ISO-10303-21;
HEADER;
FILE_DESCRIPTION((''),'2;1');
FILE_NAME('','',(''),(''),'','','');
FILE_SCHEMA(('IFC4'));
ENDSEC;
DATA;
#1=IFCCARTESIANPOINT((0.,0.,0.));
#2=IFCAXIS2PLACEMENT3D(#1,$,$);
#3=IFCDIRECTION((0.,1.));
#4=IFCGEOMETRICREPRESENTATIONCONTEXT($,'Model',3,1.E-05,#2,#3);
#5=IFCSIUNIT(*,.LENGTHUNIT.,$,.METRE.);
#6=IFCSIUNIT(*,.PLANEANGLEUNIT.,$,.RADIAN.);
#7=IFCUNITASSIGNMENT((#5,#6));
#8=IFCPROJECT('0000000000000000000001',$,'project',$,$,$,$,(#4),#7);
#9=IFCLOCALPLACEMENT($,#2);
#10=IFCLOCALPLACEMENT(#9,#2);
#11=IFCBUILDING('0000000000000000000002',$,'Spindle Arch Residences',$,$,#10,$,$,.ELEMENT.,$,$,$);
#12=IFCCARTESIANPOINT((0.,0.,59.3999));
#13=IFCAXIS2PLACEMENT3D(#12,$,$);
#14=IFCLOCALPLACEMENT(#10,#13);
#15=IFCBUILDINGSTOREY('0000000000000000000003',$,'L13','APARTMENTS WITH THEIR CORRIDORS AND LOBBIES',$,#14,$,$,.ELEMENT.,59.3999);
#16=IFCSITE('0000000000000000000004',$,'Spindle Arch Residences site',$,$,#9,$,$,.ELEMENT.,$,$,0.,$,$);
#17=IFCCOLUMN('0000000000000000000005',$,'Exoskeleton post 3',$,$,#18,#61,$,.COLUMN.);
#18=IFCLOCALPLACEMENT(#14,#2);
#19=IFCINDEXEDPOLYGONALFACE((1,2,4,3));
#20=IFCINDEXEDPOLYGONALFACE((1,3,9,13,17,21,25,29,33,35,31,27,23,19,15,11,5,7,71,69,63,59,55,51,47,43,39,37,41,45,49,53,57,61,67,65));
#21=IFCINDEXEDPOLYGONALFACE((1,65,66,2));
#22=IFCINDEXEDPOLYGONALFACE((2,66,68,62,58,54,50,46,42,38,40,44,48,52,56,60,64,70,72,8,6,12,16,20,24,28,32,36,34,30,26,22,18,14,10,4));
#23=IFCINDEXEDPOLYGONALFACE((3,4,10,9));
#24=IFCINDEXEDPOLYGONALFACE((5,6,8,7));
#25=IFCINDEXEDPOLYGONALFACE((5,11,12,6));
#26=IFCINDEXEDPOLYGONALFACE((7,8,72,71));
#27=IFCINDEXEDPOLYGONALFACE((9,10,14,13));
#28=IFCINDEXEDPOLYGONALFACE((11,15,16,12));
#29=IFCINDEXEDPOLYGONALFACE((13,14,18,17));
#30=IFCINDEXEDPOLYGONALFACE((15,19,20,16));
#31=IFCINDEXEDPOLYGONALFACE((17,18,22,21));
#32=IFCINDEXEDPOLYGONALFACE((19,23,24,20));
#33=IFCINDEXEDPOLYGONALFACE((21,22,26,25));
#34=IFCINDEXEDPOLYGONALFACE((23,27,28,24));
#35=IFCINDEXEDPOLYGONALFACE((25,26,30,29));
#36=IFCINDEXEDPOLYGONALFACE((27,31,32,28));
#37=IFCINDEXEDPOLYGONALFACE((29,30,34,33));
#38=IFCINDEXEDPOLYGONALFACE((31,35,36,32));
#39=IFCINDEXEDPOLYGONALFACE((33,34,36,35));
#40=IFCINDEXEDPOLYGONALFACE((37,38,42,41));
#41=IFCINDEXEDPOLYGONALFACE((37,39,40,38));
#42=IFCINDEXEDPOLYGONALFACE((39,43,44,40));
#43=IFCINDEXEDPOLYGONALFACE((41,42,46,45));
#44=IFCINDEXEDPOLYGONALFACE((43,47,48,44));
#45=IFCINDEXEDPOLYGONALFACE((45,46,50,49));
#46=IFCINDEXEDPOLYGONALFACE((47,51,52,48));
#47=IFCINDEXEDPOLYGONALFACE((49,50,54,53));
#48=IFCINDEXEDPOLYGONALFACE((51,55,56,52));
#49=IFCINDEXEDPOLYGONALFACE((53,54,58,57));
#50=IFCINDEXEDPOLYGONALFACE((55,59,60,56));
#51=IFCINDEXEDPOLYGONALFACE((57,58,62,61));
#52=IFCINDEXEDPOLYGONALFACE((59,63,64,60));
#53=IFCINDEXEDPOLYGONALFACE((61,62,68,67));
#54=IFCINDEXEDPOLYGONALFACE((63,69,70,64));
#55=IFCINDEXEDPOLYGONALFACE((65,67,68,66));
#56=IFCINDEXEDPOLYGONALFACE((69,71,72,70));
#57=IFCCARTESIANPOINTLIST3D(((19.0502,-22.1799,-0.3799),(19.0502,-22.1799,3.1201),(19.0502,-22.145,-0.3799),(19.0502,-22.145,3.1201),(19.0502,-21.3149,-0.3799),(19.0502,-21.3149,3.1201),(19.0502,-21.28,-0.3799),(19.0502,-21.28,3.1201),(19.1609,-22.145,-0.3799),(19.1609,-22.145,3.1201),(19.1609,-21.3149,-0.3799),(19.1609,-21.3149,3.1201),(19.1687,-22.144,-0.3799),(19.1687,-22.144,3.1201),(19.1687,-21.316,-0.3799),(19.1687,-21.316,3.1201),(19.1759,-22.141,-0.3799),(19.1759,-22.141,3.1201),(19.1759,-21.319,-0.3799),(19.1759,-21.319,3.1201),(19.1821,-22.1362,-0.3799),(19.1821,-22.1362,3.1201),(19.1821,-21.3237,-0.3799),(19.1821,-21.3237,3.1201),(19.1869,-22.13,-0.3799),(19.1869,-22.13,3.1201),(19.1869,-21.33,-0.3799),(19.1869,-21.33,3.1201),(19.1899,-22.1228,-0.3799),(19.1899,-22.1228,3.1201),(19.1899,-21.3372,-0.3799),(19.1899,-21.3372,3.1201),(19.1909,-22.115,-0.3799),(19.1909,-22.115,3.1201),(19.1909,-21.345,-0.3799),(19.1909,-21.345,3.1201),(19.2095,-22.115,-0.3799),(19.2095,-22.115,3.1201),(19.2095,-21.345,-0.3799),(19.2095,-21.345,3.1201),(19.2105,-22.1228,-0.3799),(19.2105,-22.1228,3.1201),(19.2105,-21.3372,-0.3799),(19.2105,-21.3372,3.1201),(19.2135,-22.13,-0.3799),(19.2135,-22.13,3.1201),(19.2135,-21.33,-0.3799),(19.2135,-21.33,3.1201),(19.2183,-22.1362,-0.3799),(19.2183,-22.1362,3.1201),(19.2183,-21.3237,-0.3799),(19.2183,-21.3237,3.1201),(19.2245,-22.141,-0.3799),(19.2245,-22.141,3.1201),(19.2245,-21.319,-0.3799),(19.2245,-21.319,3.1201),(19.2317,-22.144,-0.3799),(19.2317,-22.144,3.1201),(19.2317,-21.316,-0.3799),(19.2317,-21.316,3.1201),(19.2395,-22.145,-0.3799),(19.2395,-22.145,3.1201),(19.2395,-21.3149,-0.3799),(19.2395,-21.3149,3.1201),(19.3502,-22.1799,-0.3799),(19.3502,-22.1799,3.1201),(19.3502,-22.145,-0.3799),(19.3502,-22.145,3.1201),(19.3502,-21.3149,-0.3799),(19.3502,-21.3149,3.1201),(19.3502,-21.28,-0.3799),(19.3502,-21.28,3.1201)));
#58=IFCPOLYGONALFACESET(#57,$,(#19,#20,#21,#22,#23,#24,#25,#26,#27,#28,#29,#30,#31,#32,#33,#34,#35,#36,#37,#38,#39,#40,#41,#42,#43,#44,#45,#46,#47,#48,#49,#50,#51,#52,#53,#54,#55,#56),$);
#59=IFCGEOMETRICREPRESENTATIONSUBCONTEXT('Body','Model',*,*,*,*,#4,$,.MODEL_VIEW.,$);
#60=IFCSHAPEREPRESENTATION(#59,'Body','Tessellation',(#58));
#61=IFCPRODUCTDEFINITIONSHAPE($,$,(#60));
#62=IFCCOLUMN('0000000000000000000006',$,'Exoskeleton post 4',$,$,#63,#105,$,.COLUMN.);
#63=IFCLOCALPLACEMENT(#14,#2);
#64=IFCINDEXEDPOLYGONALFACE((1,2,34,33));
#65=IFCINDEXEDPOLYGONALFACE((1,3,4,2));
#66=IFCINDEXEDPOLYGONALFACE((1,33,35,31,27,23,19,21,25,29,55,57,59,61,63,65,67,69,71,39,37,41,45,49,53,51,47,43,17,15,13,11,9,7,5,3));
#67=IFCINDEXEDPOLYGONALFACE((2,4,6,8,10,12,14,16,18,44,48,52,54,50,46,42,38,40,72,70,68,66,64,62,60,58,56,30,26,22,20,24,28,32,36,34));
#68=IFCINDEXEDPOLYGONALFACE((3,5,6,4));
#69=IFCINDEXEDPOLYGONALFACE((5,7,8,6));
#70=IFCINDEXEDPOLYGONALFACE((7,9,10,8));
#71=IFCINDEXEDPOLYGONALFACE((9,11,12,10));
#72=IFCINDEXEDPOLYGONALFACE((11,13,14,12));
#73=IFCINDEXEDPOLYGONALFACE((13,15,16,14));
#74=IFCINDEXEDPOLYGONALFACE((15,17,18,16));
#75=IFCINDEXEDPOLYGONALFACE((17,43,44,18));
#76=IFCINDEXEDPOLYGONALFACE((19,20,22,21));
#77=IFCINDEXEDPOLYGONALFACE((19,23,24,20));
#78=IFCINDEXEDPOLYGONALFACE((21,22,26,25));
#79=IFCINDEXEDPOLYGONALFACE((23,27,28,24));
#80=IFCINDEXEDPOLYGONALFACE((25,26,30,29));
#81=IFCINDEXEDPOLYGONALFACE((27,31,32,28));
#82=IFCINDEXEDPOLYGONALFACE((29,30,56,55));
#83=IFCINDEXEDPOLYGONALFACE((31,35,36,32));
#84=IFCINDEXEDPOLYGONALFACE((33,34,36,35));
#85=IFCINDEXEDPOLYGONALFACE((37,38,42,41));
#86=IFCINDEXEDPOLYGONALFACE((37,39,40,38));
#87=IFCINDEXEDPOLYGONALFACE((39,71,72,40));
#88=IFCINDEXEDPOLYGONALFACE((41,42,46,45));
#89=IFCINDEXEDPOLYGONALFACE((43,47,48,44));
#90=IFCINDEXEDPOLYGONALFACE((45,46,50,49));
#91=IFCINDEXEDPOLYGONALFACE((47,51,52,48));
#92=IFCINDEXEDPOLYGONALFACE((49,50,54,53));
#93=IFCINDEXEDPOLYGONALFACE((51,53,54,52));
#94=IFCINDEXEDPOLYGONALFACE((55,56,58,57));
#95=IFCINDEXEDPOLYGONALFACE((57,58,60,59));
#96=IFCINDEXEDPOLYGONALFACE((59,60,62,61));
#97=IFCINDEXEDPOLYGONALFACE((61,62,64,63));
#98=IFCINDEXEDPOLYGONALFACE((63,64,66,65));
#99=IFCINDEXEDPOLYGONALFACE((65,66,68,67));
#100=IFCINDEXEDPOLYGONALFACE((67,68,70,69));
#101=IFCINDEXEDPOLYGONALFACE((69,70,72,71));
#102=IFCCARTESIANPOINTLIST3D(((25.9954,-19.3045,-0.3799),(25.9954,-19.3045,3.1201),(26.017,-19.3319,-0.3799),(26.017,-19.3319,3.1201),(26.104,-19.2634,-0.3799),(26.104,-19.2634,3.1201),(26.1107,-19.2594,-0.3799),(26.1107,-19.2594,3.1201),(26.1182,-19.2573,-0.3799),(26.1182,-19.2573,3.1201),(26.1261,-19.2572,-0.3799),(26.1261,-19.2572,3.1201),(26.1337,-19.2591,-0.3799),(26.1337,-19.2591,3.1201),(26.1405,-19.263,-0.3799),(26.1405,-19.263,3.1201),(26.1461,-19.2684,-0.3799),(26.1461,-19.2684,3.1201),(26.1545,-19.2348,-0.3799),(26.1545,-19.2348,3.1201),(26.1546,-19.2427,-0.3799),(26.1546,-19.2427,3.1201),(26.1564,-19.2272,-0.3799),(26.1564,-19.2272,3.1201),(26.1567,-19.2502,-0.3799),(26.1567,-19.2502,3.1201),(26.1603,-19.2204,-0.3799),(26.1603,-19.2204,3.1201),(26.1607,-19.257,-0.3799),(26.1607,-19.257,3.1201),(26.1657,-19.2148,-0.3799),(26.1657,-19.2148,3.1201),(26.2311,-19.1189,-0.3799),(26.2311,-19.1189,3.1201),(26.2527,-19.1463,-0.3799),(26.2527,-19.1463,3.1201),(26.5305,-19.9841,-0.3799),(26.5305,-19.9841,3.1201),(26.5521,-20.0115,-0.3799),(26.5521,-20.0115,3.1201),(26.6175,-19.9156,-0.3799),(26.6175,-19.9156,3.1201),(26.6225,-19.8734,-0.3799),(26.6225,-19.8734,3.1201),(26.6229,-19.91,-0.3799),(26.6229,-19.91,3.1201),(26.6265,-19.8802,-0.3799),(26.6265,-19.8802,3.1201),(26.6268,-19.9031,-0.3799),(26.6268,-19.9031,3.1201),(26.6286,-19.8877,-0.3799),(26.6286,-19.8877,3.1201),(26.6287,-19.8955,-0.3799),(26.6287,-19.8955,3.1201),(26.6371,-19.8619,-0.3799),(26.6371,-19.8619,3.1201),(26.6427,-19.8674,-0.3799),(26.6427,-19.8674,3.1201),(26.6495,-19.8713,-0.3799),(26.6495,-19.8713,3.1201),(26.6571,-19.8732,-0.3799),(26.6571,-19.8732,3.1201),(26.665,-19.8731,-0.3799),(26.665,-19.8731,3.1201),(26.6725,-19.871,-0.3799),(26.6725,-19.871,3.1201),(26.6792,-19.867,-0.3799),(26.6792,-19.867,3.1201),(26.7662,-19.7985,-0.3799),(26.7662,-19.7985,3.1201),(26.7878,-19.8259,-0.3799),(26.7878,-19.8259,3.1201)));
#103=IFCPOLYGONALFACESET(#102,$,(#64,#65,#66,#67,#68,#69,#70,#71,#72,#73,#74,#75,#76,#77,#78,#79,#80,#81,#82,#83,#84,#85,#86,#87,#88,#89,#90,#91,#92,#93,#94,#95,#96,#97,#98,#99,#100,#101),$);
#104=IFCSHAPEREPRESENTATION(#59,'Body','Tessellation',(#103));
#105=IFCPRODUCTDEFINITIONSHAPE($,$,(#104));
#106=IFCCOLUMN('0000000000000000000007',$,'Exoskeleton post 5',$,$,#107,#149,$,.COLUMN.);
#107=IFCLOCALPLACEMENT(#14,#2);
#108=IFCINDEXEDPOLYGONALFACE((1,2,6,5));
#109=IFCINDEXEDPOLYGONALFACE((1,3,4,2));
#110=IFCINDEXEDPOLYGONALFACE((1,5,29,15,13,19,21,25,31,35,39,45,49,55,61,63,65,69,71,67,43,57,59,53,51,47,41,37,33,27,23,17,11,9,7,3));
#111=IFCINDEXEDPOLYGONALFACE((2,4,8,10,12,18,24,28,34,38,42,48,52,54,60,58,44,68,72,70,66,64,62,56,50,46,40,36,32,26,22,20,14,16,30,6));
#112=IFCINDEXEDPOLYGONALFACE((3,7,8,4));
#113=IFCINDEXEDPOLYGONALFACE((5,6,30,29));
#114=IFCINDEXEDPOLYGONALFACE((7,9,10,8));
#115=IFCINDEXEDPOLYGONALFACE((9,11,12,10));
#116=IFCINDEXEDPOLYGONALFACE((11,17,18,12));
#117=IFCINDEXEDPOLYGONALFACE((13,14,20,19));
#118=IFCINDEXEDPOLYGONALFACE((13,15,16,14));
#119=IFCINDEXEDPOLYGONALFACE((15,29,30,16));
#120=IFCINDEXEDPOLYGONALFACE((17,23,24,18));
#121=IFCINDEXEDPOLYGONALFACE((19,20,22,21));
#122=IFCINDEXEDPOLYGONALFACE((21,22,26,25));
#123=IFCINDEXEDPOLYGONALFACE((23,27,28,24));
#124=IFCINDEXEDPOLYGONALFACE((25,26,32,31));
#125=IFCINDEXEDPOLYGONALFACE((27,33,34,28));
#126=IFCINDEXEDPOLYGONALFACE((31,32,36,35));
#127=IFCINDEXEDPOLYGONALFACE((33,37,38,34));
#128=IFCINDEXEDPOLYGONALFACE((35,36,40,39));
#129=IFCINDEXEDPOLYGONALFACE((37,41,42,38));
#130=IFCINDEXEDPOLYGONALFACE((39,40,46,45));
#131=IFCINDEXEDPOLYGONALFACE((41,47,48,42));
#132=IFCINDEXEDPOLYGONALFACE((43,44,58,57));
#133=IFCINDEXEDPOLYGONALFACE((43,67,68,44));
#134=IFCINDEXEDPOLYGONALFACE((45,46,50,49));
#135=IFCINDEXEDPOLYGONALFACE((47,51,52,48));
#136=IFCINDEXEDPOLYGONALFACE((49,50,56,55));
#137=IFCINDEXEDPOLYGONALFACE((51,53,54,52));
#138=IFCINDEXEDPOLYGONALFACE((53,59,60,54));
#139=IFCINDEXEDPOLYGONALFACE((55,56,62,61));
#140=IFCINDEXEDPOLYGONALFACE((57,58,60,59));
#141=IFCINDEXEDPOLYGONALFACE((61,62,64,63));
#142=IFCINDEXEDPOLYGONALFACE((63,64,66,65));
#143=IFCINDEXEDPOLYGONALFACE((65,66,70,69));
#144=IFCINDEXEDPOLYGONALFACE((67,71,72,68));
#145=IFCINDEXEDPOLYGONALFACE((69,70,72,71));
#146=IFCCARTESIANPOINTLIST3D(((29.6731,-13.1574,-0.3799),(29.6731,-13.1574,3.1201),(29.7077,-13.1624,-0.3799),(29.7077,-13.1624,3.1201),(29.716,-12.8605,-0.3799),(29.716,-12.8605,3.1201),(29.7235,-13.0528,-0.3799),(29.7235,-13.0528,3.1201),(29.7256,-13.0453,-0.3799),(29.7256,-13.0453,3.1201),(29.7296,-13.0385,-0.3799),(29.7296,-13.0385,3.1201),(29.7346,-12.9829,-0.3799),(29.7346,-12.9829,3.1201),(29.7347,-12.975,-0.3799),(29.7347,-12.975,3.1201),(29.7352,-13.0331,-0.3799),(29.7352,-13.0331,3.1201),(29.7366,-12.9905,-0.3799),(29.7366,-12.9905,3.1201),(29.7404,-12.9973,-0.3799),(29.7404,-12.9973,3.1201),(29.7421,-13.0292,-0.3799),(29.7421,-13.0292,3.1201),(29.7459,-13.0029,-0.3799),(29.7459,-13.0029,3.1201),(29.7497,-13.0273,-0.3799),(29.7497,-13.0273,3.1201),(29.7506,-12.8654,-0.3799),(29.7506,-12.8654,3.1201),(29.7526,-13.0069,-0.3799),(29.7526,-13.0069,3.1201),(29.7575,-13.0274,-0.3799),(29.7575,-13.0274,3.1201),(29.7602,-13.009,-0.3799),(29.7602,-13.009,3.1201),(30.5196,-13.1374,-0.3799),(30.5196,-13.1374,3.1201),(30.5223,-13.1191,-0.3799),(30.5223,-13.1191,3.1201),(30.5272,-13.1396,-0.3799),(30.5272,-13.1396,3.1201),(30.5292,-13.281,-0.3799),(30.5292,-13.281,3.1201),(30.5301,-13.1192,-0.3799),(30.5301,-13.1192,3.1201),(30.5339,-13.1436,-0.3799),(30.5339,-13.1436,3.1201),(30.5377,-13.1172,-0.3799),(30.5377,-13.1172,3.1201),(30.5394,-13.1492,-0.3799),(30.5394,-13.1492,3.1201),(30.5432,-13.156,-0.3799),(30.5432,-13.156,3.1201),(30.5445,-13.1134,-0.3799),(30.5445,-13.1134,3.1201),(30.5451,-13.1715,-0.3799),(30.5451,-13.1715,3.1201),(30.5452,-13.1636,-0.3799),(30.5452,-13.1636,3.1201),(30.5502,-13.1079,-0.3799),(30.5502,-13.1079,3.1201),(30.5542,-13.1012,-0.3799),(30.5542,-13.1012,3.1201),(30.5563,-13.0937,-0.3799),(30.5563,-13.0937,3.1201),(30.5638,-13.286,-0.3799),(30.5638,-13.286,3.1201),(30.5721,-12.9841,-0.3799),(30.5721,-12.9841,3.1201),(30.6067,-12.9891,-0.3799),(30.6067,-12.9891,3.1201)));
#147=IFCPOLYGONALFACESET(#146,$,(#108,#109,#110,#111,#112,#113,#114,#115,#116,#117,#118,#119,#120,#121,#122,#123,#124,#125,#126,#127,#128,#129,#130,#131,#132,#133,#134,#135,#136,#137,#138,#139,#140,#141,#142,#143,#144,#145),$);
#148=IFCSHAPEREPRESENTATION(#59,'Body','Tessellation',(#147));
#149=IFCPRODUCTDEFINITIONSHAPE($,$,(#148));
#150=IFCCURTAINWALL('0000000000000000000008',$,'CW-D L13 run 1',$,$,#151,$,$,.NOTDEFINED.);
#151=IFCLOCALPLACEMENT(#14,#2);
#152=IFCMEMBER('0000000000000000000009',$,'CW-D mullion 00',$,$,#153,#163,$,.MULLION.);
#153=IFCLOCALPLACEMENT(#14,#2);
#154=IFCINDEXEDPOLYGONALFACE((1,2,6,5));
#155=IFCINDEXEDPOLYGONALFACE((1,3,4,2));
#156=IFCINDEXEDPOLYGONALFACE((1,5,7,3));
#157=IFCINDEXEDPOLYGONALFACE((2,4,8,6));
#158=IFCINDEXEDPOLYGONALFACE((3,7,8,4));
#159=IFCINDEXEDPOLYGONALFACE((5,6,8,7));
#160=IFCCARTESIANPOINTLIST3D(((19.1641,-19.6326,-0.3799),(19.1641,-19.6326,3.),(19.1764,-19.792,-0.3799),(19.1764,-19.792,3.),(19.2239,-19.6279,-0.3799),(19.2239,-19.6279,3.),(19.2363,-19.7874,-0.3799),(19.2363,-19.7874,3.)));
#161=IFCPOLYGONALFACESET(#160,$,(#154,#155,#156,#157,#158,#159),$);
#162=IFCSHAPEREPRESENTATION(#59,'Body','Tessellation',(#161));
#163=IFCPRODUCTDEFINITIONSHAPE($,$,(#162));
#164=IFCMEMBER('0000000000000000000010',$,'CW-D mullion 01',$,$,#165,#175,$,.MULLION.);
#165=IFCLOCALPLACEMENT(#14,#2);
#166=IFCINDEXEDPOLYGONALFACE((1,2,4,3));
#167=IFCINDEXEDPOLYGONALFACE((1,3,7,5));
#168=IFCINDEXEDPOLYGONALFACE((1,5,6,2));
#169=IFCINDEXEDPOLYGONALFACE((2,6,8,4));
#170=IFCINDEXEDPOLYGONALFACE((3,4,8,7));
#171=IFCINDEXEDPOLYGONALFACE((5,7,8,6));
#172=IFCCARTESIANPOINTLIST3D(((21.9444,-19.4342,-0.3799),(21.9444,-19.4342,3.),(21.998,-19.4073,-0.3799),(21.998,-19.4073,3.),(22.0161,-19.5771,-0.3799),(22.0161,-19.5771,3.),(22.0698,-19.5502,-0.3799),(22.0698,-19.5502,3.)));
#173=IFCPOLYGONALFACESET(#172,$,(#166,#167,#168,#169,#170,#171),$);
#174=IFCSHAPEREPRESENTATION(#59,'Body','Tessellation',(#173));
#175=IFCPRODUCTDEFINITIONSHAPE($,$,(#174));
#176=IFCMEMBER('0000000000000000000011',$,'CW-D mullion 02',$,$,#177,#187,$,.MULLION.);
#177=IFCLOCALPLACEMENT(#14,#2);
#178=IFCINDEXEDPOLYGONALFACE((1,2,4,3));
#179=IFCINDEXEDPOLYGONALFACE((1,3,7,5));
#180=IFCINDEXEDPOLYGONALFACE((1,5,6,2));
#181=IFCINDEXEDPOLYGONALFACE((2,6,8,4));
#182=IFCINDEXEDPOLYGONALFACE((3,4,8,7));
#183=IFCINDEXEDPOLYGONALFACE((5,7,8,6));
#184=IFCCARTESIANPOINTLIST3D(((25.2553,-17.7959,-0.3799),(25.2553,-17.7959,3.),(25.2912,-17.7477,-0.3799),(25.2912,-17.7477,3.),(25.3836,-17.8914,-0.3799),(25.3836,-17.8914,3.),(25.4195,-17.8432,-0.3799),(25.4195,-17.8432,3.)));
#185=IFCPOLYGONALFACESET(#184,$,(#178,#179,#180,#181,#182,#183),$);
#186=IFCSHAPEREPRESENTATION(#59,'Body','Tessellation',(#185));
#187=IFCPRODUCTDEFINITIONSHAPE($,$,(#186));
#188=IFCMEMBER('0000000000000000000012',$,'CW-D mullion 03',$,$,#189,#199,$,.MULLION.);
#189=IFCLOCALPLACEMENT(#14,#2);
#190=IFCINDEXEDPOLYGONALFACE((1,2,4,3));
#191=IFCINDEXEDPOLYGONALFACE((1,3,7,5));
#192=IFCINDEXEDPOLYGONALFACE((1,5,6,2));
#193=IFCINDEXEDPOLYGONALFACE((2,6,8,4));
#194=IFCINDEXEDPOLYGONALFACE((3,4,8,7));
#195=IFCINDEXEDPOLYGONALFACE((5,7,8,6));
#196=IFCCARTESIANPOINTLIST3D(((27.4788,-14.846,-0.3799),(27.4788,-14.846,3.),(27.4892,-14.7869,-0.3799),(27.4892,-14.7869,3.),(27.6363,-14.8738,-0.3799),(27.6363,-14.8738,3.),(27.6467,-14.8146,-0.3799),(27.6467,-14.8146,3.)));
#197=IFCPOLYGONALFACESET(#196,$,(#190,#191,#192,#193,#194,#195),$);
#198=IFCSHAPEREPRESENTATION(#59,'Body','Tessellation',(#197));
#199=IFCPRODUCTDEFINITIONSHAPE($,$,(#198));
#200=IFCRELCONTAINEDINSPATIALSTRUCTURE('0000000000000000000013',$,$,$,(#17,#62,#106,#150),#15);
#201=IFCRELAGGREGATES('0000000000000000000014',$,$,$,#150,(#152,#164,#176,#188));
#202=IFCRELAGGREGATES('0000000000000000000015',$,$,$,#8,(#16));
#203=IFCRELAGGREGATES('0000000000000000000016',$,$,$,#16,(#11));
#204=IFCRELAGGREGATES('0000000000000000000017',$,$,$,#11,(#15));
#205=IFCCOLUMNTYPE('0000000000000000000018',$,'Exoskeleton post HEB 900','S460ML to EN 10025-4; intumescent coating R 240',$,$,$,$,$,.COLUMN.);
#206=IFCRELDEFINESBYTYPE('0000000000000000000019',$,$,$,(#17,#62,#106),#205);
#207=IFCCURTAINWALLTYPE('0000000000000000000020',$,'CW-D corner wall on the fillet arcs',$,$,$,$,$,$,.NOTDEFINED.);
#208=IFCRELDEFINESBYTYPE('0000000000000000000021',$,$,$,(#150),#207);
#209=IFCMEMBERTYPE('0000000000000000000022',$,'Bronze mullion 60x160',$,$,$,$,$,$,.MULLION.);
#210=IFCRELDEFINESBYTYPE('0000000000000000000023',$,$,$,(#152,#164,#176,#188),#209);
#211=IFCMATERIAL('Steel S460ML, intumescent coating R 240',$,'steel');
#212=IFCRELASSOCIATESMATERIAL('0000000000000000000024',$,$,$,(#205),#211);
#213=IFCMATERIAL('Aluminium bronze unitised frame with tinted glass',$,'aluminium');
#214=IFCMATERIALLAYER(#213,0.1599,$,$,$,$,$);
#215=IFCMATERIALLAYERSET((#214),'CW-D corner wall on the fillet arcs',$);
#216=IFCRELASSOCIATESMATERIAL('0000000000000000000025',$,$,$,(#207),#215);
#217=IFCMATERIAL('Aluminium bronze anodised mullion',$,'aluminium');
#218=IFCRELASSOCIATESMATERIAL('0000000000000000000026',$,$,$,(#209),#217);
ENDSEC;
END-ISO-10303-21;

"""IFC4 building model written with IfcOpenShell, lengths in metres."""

from ifc_helpers import new_model, si_unit, direction, frame, origin, origin_2d, place, context, subcontext, project, spatial, rectangle, i_section, extrude, material, layer, layer_set, material_profile, profile_set, type_object, element, aggregate, save


model = new_model("IFC4")

# Units and contexts
model_context = context("Model", 3, precision=1e-05, world=origin(), true_north=direction((0.0, 1.0)))
body_context = subcontext(model_context, "Body", "Model", "MODEL_VIEW")
ifc_project = project(units=[si_unit("LENGTHUNIT", "METRE"), si_unit("PLANEANGLEUNIT", "RADIAN")], contexts=[model_context])

# Site, building, storey
site_placement = place(None, origin())
site = spatial("IfcSite", under=ifc_project, at=site_placement, Name="Spindle Arch Residences site", CompositionType="ELEMENT", RefElevation=0.0)
building_placement = place(site_placement, origin())
building = spatial("IfcBuilding", under=site, at=building_placement, Name="Spindle Arch Residences", CompositionType="ELEMENT")
storey_placement = place(building_placement, frame((0.0, 0.0, 59.3999)))
storey = spatial("IfcBuildingStorey", under=building, at=storey_placement, Name="L13", Description="APARTMENTS WITH THEIR CORRIDORS AND LOBBIES", CompositionType="ELEMENT", Elevation=59.3999)

# Columns
ifc_material_1 = material(Name="Steel S460ML, intumescent coating R 240", Category="steel")
ifc_material_profile_1 = material_profile(ifc_material_1, i_section(OverallWidth=0.3, OverallDepth=0.8999, WebThickness=0.0186, FlangeThickness=0.0349, FilletRadius=0.03, at=origin_2d()), Name="HEB 900")
ifc_profile_set_1 = profile_set([ifc_material_profile_1], Name="Steel S460ML, intumescent coating R 240")
column_type = type_object("IfcColumnType", Name="Exoskeleton post HEB 900", Description="S460ML to EN 10025-4; intumescent coating R 240", PredefinedType="COLUMN", material=ifc_profile_set_1)
for number, where, z_axis, x_axis, name in (
    (1, (19.2002, -21.73, -0.3799), (0.0, 0.0, 1.0), (-1.0, 0.0, 0.0), "Exoskeleton post 3"),
    (2, (26.3916, -19.5652, -0.3799), (0.0, 0.0, 1.0), (-0.785684, -0.618629, 0.0), "Exoskeleton post 4"),
    (3, (30.1399, -13.0732, -0.3799), (0.0, 0.0, 1.0), (-0.142906, -0.989736, 0.0), "Exoskeleton post 5"),
):
    element("IfcColumn", number, at=place(storey_placement, frame(where, z_axis=z_axis, x_axis=x_axis)), inside=storey, type_object=column_type, Name=name, PredefinedType="COLUMN", context=body_context, shape_type="SweptSolid", body=[
        extrude(i_section(OverallWidth=0.3, OverallDepth=0.8999, WebThickness=0.0186, FlangeThickness=0.0349, FilletRadius=0.03, at=origin_2d()), origin(), (0.0, 0.0, 1.0), 3.5),
    ])

# Curtain wall, members
ifc_material_2 = material(Name="Aluminium bronze unitised frame with tinted glass", Category="aluminium")
ifc_layer_1 = layer(ifc_material_2, 0.1599)
ifc_layer_set_1 = layer_set([ifc_layer_1], Name="CW-D corner wall on the fillet arcs")
curtain_wall_type = type_object("IfcCurtainWallType", Name="CW-D corner wall on the fillet arcs", PredefinedType="NOTDEFINED", material=ifc_layer_set_1)
curtain_wall_placement = place(storey_placement, origin())
curtain_wall = element("IfcCurtainWall", 4, at=curtain_wall_placement, inside=storey, type_object=curtain_wall_type, Name="CW-D L13 run 1", PredefinedType="NOTDEFINED")
ifc_material_3 = material(Name="Aluminium bronze anodised mullion", Category="aluminium")
ifc_material_profile_2 = material_profile(ifc_material_3, rectangle(XDim=0.1599, YDim=0.0601, at=origin_2d()), Name="MU 60x160")
ifc_profile_set_2 = profile_set([ifc_material_profile_2], Name="Aluminium bronze anodised mullion")
member_type_1 = type_object("IfcMemberType", Name="Bronze mullion 60x160", PredefinedType="MULLION", material=ifc_profile_set_2)
member_1_placement = place(storey_placement, frame((19.2002, -19.71, -0.3799), z_axis=(0.0, 0.0, 1.0), x_axis=(-0.077364, 0.997003, 0.0)))
member_1 = element("IfcMember", 5, at=member_1_placement, type_object=member_type_1, Name="CW-D mullion 00", PredefinedType="MULLION", context=body_context, shape_type="SweptSolid", body=[
    extrude(rectangle(XDim=0.1599, YDim=0.0601, at=origin_2d()), origin(), (0.0, 0.0, 1.0), 3.3799),
])
member_2_placement = place(storey_placement, frame((22.0071, -19.4922, -0.3799), z_axis=(0.0, 0.0, 1.0), x_axis=(-0.448799, 0.893633, 0.0)))
member_2 = element("IfcMember", 6, at=member_2_placement, type_object=member_type_1, Name="CW-D mullion 01", PredefinedType="MULLION", context=body_context, shape_type="SweptSolid", body=[
    extrude(rectangle(XDim=0.1599, YDim=0.0601, at=origin_2d()), origin(), (0.0, 0.0, 1.0), 3.3799),
])
member_3_placement = place(storey_placement, frame((25.3374, -17.8196, -0.3799), z_axis=(0.0, 0.0, 1.0), x_axis=(-0.802123, 0.597159, 0.0)))
member_3 = element("IfcMember", 7, at=member_3_placement, type_object=member_type_1, Name="CW-D mullion 02", PredefinedType="MULLION", context=body_context, shape_type="SweptSolid", body=[
    extrude(rectangle(XDim=0.1599, YDim=0.0601, at=origin_2d()), origin(), (0.0, 0.0, 1.0), 3.3799),
])
member_4_placement = place(storey_placement, frame((27.5627, -14.8303, -0.3799), z_axis=(0.0, 0.0, 1.0), x_axis=(-0.984808, 0.173648, 0.0)))
member_4 = element("IfcMember", 8, at=member_4_placement, type_object=member_type_1, Name="CW-D mullion 03", PredefinedType="MULLION", context=body_context, shape_type="SweptSolid", body=[
    extrude(rectangle(XDim=0.1599, YDim=0.0601, at=origin_2d()), origin(), (0.0, 0.0, 1.0), 3.3799),
])

aggregate(curtain_wall, [member_1, member_2, member_3, member_4])

save(model, "model.ifc")
